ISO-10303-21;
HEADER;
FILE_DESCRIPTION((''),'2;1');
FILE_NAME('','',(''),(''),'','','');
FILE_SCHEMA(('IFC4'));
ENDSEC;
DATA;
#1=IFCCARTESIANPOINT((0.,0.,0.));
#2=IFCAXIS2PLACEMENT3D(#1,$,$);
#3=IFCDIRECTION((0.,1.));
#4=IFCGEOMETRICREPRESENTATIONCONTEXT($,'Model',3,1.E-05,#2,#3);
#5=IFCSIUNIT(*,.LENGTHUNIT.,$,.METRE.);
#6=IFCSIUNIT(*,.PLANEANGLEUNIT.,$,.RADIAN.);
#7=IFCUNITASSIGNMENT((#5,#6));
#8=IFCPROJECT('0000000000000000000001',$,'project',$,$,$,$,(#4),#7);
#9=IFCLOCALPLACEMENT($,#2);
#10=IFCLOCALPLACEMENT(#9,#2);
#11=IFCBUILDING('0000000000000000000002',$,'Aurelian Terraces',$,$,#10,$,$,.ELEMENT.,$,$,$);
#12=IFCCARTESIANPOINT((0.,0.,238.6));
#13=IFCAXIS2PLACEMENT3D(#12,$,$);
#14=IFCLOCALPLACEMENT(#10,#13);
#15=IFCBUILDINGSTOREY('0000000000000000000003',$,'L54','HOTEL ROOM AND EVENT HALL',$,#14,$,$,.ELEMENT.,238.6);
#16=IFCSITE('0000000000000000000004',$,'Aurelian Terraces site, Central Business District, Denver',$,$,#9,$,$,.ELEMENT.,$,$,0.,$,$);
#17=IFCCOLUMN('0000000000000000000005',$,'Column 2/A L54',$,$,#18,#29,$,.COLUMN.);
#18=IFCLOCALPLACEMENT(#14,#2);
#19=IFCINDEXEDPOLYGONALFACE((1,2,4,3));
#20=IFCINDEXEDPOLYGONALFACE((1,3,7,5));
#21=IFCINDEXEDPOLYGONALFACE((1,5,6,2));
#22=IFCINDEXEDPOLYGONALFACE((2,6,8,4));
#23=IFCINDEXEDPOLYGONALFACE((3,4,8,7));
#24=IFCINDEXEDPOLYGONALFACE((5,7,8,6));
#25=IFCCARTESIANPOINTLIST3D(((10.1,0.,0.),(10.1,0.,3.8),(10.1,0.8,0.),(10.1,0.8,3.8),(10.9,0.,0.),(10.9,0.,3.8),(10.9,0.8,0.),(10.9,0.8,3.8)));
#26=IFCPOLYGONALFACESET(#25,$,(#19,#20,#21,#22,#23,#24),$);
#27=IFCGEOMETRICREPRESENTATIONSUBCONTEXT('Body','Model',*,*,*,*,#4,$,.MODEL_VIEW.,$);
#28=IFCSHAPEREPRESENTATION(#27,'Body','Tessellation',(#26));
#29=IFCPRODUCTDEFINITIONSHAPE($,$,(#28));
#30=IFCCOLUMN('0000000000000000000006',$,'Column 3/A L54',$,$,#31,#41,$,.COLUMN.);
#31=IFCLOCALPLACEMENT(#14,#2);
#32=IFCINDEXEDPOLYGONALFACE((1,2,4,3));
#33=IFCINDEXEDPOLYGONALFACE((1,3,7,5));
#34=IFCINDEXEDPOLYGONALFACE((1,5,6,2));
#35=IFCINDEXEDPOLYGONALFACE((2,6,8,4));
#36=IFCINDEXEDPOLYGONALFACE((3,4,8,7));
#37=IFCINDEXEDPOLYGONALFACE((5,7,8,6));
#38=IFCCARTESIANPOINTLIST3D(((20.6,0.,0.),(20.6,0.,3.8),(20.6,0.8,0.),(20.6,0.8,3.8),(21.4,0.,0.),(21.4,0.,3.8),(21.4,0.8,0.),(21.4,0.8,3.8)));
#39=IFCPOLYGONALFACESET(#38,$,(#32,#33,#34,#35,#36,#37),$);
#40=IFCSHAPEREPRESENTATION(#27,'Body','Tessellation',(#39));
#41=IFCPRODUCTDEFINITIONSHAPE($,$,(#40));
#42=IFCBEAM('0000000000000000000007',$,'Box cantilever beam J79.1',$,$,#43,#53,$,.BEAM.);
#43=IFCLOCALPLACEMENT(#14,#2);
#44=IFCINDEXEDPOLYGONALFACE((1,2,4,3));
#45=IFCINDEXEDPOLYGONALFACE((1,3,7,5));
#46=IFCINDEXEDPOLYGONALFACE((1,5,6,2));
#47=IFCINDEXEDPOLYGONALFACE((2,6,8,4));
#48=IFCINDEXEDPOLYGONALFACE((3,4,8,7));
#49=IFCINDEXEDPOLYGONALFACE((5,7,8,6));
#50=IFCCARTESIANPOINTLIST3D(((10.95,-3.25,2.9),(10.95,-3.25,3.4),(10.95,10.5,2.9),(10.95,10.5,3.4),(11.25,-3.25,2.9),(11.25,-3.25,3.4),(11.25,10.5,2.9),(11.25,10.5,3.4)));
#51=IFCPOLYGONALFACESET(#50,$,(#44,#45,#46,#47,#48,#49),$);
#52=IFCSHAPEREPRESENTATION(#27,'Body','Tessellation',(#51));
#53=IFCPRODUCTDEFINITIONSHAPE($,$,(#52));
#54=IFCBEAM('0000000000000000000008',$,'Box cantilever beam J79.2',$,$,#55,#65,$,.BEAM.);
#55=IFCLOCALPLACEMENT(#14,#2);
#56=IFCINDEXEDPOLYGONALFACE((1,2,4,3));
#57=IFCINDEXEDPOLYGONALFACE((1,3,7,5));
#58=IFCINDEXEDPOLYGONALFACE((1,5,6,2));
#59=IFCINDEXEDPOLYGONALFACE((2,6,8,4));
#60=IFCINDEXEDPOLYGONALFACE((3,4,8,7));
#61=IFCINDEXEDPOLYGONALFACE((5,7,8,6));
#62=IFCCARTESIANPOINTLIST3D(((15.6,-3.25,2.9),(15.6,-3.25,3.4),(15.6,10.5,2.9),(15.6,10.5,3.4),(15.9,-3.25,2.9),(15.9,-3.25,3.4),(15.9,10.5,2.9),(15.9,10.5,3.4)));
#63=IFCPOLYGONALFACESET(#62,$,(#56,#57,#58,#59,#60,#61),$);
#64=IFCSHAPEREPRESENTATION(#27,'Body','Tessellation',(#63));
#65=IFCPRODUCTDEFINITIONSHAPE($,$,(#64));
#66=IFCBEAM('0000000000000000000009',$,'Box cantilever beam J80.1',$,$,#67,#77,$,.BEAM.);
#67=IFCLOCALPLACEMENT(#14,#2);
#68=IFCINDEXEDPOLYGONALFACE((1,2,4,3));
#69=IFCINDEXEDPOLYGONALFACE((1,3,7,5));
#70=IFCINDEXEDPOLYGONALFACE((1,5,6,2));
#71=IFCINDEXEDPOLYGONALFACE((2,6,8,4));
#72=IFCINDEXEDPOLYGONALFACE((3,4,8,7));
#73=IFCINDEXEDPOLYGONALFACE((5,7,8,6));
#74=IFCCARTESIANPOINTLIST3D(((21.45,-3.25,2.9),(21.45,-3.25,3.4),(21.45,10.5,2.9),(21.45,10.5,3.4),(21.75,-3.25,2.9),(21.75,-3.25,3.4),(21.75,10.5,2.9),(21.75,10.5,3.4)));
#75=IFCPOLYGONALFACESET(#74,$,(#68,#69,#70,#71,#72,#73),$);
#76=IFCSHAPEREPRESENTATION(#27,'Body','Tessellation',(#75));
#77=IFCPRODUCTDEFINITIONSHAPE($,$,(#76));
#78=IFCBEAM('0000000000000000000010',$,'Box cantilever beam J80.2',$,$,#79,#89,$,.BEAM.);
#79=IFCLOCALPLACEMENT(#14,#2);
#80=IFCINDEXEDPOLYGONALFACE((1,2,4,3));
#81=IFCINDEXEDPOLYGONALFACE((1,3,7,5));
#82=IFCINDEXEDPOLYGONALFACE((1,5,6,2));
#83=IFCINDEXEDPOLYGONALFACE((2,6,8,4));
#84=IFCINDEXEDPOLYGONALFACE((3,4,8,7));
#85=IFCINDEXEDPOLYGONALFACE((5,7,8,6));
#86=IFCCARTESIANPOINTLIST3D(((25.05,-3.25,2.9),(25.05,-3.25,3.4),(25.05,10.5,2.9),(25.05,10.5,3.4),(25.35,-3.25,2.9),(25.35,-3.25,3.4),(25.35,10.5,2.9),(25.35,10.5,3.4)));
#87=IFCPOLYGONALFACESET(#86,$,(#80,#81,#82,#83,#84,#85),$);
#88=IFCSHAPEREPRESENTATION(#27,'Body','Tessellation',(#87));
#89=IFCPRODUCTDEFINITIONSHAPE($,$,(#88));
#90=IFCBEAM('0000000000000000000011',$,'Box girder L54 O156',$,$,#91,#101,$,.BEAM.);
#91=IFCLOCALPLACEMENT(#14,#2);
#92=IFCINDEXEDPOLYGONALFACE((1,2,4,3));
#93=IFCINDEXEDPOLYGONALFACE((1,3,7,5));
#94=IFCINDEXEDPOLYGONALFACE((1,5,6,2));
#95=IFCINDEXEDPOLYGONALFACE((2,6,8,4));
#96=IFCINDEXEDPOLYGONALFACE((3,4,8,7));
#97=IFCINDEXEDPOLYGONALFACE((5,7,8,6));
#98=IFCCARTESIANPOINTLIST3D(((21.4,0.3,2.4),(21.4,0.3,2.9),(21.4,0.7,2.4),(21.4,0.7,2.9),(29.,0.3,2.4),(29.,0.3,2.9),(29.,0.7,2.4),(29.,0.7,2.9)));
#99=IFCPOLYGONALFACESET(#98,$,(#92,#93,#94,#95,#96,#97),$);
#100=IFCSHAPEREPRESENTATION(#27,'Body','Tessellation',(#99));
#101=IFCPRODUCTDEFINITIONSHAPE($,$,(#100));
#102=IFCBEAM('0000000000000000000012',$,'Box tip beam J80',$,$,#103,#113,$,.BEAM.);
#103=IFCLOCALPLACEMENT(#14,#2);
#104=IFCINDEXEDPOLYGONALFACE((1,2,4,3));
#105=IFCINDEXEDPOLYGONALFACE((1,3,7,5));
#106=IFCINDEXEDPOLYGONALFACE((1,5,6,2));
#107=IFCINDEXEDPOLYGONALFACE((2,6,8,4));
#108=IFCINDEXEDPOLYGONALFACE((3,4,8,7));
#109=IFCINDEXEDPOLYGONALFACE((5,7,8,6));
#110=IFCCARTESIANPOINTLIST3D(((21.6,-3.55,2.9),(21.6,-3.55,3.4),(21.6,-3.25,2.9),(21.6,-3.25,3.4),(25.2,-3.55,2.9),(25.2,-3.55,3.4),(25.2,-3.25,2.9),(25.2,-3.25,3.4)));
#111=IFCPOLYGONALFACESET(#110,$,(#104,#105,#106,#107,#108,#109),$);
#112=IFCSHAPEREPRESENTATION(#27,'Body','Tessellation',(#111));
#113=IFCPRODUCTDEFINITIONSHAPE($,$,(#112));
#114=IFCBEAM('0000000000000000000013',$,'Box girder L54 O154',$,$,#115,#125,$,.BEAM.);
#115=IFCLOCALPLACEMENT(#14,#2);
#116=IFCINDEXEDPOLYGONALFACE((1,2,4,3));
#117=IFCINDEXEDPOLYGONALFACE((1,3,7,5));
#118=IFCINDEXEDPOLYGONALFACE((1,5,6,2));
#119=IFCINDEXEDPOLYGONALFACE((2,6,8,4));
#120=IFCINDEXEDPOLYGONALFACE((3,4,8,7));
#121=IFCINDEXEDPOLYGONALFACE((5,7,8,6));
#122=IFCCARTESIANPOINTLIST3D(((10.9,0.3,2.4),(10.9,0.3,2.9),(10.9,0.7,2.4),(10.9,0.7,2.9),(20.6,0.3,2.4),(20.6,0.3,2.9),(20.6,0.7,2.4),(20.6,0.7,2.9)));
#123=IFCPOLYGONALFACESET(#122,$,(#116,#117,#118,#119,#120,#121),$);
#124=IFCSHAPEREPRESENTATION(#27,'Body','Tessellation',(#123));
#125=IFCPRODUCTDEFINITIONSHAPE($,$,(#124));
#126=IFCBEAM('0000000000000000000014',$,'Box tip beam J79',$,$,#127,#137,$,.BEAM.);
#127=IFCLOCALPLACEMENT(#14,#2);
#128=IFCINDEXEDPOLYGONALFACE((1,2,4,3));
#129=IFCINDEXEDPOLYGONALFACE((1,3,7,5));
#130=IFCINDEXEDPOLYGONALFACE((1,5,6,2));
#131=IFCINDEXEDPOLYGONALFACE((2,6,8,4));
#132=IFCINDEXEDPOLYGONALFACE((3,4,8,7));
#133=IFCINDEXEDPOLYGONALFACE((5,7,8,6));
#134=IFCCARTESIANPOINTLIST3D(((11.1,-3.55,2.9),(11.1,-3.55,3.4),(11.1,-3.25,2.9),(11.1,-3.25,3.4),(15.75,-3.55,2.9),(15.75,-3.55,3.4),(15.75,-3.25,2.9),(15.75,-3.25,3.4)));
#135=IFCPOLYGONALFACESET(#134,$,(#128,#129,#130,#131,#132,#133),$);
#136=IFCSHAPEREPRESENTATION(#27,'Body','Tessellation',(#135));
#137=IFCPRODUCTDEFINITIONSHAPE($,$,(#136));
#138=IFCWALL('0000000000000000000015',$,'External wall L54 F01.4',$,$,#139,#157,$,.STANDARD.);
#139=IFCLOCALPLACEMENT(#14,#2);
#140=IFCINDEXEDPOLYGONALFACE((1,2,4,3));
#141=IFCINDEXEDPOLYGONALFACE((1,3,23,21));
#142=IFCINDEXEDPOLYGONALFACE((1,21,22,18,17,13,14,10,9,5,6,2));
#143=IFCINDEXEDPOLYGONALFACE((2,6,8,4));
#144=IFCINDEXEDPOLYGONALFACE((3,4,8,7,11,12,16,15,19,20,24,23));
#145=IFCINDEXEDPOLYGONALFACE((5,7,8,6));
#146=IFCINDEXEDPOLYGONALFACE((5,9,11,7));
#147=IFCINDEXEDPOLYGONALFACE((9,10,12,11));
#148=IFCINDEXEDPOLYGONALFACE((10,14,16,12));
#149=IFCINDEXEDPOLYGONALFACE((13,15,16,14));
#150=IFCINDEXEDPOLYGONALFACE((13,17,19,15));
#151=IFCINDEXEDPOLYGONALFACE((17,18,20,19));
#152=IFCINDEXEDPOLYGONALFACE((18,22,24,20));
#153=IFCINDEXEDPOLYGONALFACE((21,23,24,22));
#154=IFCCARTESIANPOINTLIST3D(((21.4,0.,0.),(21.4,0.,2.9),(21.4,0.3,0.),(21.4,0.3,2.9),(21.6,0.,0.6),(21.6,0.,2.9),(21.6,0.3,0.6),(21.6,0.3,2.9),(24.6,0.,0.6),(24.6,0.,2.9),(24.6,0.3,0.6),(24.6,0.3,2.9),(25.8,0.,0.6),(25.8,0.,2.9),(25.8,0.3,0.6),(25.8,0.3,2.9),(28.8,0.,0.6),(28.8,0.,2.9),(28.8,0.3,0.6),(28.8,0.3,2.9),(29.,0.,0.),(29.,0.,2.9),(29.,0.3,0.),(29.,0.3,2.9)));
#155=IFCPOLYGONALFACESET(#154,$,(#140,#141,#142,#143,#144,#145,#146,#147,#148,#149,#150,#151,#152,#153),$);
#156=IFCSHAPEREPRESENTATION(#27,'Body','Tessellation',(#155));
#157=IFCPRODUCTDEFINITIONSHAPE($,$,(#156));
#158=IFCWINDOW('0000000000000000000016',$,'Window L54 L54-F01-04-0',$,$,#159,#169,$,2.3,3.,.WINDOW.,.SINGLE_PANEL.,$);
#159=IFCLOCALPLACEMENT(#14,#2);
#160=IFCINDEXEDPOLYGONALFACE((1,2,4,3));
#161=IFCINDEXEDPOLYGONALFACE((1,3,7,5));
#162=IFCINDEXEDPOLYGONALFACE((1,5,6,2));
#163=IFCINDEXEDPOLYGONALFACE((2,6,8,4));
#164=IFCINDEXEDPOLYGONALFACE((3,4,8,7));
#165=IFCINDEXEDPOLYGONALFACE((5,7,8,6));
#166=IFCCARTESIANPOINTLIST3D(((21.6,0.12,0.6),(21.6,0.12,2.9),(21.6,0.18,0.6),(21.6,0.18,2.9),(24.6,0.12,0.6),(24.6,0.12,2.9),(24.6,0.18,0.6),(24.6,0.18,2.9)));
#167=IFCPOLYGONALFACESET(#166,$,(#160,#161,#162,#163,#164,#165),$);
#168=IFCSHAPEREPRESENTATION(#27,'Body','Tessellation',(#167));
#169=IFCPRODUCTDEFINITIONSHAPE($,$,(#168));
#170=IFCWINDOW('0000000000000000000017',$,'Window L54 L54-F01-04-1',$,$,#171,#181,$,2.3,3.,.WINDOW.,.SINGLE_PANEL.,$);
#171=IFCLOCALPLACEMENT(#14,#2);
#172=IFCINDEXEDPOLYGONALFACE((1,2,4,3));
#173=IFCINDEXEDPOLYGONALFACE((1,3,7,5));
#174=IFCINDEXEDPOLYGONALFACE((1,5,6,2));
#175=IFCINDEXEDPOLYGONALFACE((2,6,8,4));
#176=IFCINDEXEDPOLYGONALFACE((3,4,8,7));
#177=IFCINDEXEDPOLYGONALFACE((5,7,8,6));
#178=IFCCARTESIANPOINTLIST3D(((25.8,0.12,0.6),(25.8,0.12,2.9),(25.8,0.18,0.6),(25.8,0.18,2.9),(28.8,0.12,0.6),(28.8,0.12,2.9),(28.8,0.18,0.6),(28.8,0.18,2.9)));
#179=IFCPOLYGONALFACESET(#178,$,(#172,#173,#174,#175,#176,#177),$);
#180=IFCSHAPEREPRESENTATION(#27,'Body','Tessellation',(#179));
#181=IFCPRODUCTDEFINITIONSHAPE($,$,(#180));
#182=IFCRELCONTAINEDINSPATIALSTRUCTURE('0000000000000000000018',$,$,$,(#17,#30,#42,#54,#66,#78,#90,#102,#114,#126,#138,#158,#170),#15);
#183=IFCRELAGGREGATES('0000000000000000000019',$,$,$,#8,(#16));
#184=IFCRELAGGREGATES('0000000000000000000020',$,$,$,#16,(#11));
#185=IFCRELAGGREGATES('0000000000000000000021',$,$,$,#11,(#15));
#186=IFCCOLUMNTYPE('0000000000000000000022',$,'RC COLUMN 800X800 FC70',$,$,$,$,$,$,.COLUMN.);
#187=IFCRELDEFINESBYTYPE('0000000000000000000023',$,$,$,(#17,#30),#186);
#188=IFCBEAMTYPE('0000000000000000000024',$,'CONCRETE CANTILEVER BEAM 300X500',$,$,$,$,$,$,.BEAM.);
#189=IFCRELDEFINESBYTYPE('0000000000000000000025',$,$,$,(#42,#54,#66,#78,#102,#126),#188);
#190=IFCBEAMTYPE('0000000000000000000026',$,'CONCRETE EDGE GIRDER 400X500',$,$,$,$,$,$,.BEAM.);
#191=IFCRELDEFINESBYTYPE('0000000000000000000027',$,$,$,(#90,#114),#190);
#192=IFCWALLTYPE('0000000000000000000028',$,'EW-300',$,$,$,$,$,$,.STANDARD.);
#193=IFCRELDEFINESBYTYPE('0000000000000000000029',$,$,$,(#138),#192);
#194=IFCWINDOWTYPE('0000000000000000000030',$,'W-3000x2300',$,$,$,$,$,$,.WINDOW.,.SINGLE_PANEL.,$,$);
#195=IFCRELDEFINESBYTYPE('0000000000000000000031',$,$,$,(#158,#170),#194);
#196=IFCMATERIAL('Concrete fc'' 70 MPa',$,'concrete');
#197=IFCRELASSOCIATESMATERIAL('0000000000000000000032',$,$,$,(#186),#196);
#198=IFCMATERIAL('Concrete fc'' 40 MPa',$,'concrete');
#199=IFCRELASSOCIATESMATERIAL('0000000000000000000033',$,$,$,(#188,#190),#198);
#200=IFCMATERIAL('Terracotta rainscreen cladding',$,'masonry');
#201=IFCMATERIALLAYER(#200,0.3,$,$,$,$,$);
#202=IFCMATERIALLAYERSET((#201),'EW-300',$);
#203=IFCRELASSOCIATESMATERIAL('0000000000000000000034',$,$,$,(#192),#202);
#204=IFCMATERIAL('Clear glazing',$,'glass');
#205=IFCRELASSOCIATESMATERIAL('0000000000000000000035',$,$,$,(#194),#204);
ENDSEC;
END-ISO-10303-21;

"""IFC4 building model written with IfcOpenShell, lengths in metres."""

from ifc_helpers import new_model, si_unit, direction, frame, frame_2d, origin, origin_2d, place, context, subcontext, project, spatial, rectangle, extrude, source, transform, mapped, material, layer, layer_set, material_profile, profile_set, type_object, element, fill, save


model = new_model("IFC4")

# Units and contexts
model_context = context("Model", 3, precision=1e-05, world=origin(), true_north=direction((0.0, 1.0)))
body_context = subcontext(model_context, "Body", "Model", "MODEL_VIEW")
ifc_project = project(units=[si_unit("LENGTHUNIT", "METRE"), si_unit("PLANEANGLEUNIT", "RADIAN")], contexts=[model_context])

# Site, building, storey
site_placement = place(None, origin())
site = spatial("IfcSite", under=ifc_project, at=site_placement, Name="Aurelian Terraces site, Central Business District, Denver", CompositionType="ELEMENT", RefElevation=0.0)
building_placement = place(site_placement, origin())
building = spatial("IfcBuilding", under=site, at=building_placement, Name="Aurelian Terraces", CompositionType="ELEMENT")
storey_placement = place(building_placement, frame((0.0, 0.0, 238.6)))
storey = spatial("IfcBuildingStorey", under=building, at=storey_placement, Name="L54", Description="HOTEL ROOM AND EVENT HALL", CompositionType="ELEMENT", Elevation=238.6)

# Columns
ifc_material_1 = material(Name="Concrete fc' 70 MPa", Category="concrete")
ifc_material_profile_1 = material_profile(ifc_material_1, rectangle(XDim=0.8, YDim=0.8, at=origin_2d()))
ifc_profile_set_1 = profile_set([ifc_material_profile_1], Name="Concrete fc' 70 MPa")
column_type = type_object("IfcColumnType", Name="RC COLUMN 800X800 FC70", PredefinedType="COLUMN", material=ifc_profile_set_1)
shared_shape_1 = source(origin(), body_context, "Body", "SweptSolid", [
    extrude(rectangle(XDim=0.8, YDim=0.8, at=origin_2d()), origin(), (0.0, 0.0, 1.0), 3.8),
])
for number, where, z_axis, x_axis, name in (
    (1, (10.5, 0.4, 0.0), (0.0, 0.0, 1.0), (1.0, 0.0, 0.0), "Column 2/A L54"),
    (2, (21.0, 0.4, 0.0), (0.0, 0.0, 1.0), (1.0, 0.0, 0.0), "Column 3/A L54"),
):
    element("IfcColumn", number, at=place(storey_placement, frame(where, z_axis=z_axis, x_axis=x_axis)), inside=storey, type_object=column_type, Name=name, PredefinedType="COLUMN", context=body_context, shape_type="MappedRepresentation", body=[
        mapped(shared_shape_1, transform((0.0, 0.0, 0.0), scale=1.0)),
    ])

# Beams
ifc_material_2 = material(Name="Concrete fc' 40 MPa", Category="concrete")
ifc_material_profile_2 = material_profile(ifc_material_2, rectangle(XDim=0.3, YDim=0.5, at=origin_2d()))
ifc_profile_set_2 = profile_set([ifc_material_profile_2], Name="Concrete fc' 40 MPa")
beam_type_1 = type_object("IfcBeamType", Name="CONCRETE CANTILEVER BEAM 300X500", PredefinedType="BEAM", material=ifc_profile_set_2)
shared_shape_2 = source(origin(), body_context, "Body", "SweptSolid", [
    extrude(rectangle(XDim=0.3, YDim=0.5, at=origin_2d()), origin(), (0.0, 0.0, 1.0), 13.75),
])
for number, where, z_axis, x_axis, name in (
    (3, (11.1, -3.25, 3.15), (0.0, 1.0, 0.0), (-1.0, 0.0, 0.0), "Box cantilever beam J79.1"),
    (4, (15.75, -3.25, 3.15), (0.0, 1.0, 0.0), (-1.0, 0.0, 0.0), "Box cantilever beam J79.2"),
    (5, (21.6, -3.25, 3.15), (0.0, 1.0, 0.0), (-1.0, 0.0, 0.0), "Box cantilever beam J80.1"),
    (6, (25.2, -3.25, 3.15), (0.0, 1.0, 0.0), (-1.0, 0.0, 0.0), "Box cantilever beam J80.2"),
):
    element("IfcBeam", number, at=place(storey_placement, frame(where, z_axis=z_axis, x_axis=x_axis)), inside=storey, type_object=beam_type_1, Name=name, PredefinedType="BEAM", context=body_context, shape_type="MappedRepresentation", body=[
        mapped(shared_shape_2, transform((0.0, 0.0, 0.0), scale=1.0)),
    ])
ifc_material_profile_3 = material_profile(ifc_material_2, rectangle(XDim=0.4, YDim=0.5, at=origin_2d()))
ifc_profile_set_3 = profile_set([ifc_material_profile_3], Name="Concrete fc' 40 MPa")
beam_type_2 = type_object("IfcBeamType", Name="CONCRETE EDGE GIRDER 400X500", PredefinedType="BEAM", material=ifc_profile_set_3)
shared_shape_3 = source(origin(), body_context, "Body", "SweptSolid", [
    extrude(rectangle(XDim=0.4, YDim=0.5, at=origin_2d()), origin(), (0.0, 0.0, 1.0), 7.6),
])
beam_1_placement = place(storey_placement, frame((21.4, 0.5, 2.65), z_axis=(1.0, 0.0, 0.0), x_axis=(0.0, 1.0, 0.0)))
element("IfcBeam", 7, at=beam_1_placement, inside=storey, type_object=beam_type_2, Name="Box girder L54 O156", PredefinedType="BEAM", context=body_context, shape_type="MappedRepresentation", body=[
    mapped(shared_shape_3, transform((0.0, 0.0, 0.0), scale=1.0)),
])
shared_shape_4 = source(origin(), body_context, "Body", "SweptSolid", [
    extrude(rectangle(XDim=0.3, YDim=0.5, at=origin_2d()), origin(), (0.0, 0.0, 1.0), 3.6),
])
beam_2_placement = place(storey_placement, frame((21.6, -3.4, 3.15), z_axis=(1.0, 0.0, 0.0), x_axis=(0.0, 1.0, 0.0)))
element("IfcBeam", 8, at=beam_2_placement, inside=storey, type_object=beam_type_1, Name="Box tip beam J80", PredefinedType="BEAM", context=body_context, shape_type="MappedRepresentation", body=[
    mapped(shared_shape_4, transform((0.0, 0.0, 0.0), scale=1.0)),
])
shared_shape_5 = source(origin(), body_context, "Body", "SweptSolid", [
    extrude(rectangle(XDim=0.4, YDim=0.5, at=origin_2d()), origin(), (0.0, 0.0, 1.0), 9.7),
])
beam_3_placement = place(storey_placement, frame((10.9, 0.5, 2.65), z_axis=(1.0, 0.0, 0.0), x_axis=(0.0, 1.0, 0.0)))
element("IfcBeam", 9, at=beam_3_placement, inside=storey, type_object=beam_type_2, Name="Box girder L54 O154", PredefinedType="BEAM", context=body_context, shape_type="MappedRepresentation", body=[
    mapped(shared_shape_5, transform((0.0, 0.0, 0.0), scale=1.0)),
])
shared_shape_6 = source(origin(), body_context, "Body", "SweptSolid", [
    extrude(rectangle(XDim=0.3, YDim=0.5, at=origin_2d()), origin(), (0.0, 0.0, 1.0), 4.65),
])
beam_4_placement = place(storey_placement, frame((11.1, -3.4, 3.15), z_axis=(1.0, 0.0, 0.0), x_axis=(0.0, 1.0, 0.0)))
element("IfcBeam", 10, at=beam_4_placement, inside=storey, type_object=beam_type_1, Name="Box tip beam J79", PredefinedType="BEAM", context=body_context, shape_type="MappedRepresentation", body=[
    mapped(shared_shape_6, transform((0.0, 0.0, 0.0), scale=1.0)),
])

# Wall, openings, windows
ifc_material_3 = material(Name="Terracotta rainscreen cladding", Category="masonry")
ifc_layer_1 = layer(ifc_material_3, 0.3)
ifc_layer_set_1 = layer_set([ifc_layer_1], Name="EW-300")
wall_type_1 = type_object("IfcWallType", Name="EW-300", PredefinedType="STANDARD", material=ifc_layer_set_1)
shared_shape_7 = source(origin(), body_context, "Body", "SweptSolid", [
    extrude(rectangle(XDim=7.6, YDim=0.3, at=frame_2d((3.8, 0.0))), origin(), (0.0, 0.0, 1.0), 2.9),
])
wall_1_placement = place(storey_placement, frame((21.4, 0.15, 0.0), z_axis=(0.0, 0.0, 1.0), x_axis=(1.0, 0.0, 0.0)))
wall_1 = element("IfcWall", 11, at=wall_1_placement, inside=storey, type_object=wall_type_1, Name="External wall L54 F01.4", PredefinedType="STANDARD", context=body_context, shape_type="MappedRepresentation", body=[
    mapped(shared_shape_7, transform((0.0, 0.0, 0.0), scale=1.0)),
])
shared_shape_8 = source(origin(), body_context, "Body", "SweptSolid", [
    extrude(rectangle(XDim=3.0, YDim=2.3, at=frame_2d((1.5, 1.15))), frame((0.0, 0.16, 0.0), z_axis=(0.0, -1.0, 0.0), x_axis=(1.0, 0.0, 0.0)), (0.0, 0.0, 1.0), 0.32),
])
opening_1_placement = place(wall_1_placement, frame((0.2, 0.0, 0.6)))
opening_1 = element("IfcOpeningElement", 12, at=opening_1_placement, cuts=wall_1, PredefinedType="OPENING", context=body_context, shape_type="MappedRepresentation", body=[
    mapped(shared_shape_8, transform((0.0, 0.0, 0.0), scale=1.0)),
])
opening_2_placement = place(wall_1_placement, frame((4.4, 0.0, 0.6)))
opening_2 = element("IfcOpeningElement", 13, at=opening_2_placement, cuts=wall_1, PredefinedType="OPENING", context=body_context, shape_type="MappedRepresentation", body=[
    mapped(shared_shape_8, transform((0.0, 0.0, 0.0), scale=1.0)),
])
ifc_material_4 = material(Name="Clear glazing", Category="glass")
window_type_1 = type_object("IfcWindowType", Name="W-3000x2300", PartitioningType="SINGLE_PANEL", PredefinedType="WINDOW", material=ifc_material_4)
shared_shape_9 = source(origin(), body_context, "Body", "SweptSolid", [
    extrude(rectangle(XDim=3.0, YDim=2.3, at=frame_2d((1.5, 1.15))), frame((0.0, 0.03, 0.0), z_axis=(0.0, -1.0, 0.0), x_axis=(1.0, 0.0, 0.0)), (0.0, 0.0, 1.0), 0.06),
])
window_1_placement = place(opening_1_placement, origin())
window_1 = element("IfcWindow", 14, at=window_1_placement, inside=storey, type_object=window_type_1, Name="Window L54 L54-F01-04-0", OverallHeight=2.3, OverallWidth=3.0, PartitioningType="SINGLE_PANEL", PredefinedType="WINDOW", context=body_context, shape_type="MappedRepresentation", body=[
    mapped(shared_shape_9, transform((0.0, 0.0, 0.0), scale=1.0)),
])
fill(opening_1, window_1)
window_2_placement = place(opening_2_placement, origin())
window_2 = element("IfcWindow", 15, at=window_2_placement, inside=storey, type_object=window_type_1, Name="Window L54 L54-F01-04-1", OverallHeight=2.3, OverallWidth=3.0, PartitioningType="SINGLE_PANEL", PredefinedType="WINDOW", context=body_context, shape_type="MappedRepresentation", body=[
    mapped(shared_shape_9, transform((0.0, 0.0, 0.0), scale=1.0)),
])
fill(opening_2, window_2)

save(model, "model.ifc")
